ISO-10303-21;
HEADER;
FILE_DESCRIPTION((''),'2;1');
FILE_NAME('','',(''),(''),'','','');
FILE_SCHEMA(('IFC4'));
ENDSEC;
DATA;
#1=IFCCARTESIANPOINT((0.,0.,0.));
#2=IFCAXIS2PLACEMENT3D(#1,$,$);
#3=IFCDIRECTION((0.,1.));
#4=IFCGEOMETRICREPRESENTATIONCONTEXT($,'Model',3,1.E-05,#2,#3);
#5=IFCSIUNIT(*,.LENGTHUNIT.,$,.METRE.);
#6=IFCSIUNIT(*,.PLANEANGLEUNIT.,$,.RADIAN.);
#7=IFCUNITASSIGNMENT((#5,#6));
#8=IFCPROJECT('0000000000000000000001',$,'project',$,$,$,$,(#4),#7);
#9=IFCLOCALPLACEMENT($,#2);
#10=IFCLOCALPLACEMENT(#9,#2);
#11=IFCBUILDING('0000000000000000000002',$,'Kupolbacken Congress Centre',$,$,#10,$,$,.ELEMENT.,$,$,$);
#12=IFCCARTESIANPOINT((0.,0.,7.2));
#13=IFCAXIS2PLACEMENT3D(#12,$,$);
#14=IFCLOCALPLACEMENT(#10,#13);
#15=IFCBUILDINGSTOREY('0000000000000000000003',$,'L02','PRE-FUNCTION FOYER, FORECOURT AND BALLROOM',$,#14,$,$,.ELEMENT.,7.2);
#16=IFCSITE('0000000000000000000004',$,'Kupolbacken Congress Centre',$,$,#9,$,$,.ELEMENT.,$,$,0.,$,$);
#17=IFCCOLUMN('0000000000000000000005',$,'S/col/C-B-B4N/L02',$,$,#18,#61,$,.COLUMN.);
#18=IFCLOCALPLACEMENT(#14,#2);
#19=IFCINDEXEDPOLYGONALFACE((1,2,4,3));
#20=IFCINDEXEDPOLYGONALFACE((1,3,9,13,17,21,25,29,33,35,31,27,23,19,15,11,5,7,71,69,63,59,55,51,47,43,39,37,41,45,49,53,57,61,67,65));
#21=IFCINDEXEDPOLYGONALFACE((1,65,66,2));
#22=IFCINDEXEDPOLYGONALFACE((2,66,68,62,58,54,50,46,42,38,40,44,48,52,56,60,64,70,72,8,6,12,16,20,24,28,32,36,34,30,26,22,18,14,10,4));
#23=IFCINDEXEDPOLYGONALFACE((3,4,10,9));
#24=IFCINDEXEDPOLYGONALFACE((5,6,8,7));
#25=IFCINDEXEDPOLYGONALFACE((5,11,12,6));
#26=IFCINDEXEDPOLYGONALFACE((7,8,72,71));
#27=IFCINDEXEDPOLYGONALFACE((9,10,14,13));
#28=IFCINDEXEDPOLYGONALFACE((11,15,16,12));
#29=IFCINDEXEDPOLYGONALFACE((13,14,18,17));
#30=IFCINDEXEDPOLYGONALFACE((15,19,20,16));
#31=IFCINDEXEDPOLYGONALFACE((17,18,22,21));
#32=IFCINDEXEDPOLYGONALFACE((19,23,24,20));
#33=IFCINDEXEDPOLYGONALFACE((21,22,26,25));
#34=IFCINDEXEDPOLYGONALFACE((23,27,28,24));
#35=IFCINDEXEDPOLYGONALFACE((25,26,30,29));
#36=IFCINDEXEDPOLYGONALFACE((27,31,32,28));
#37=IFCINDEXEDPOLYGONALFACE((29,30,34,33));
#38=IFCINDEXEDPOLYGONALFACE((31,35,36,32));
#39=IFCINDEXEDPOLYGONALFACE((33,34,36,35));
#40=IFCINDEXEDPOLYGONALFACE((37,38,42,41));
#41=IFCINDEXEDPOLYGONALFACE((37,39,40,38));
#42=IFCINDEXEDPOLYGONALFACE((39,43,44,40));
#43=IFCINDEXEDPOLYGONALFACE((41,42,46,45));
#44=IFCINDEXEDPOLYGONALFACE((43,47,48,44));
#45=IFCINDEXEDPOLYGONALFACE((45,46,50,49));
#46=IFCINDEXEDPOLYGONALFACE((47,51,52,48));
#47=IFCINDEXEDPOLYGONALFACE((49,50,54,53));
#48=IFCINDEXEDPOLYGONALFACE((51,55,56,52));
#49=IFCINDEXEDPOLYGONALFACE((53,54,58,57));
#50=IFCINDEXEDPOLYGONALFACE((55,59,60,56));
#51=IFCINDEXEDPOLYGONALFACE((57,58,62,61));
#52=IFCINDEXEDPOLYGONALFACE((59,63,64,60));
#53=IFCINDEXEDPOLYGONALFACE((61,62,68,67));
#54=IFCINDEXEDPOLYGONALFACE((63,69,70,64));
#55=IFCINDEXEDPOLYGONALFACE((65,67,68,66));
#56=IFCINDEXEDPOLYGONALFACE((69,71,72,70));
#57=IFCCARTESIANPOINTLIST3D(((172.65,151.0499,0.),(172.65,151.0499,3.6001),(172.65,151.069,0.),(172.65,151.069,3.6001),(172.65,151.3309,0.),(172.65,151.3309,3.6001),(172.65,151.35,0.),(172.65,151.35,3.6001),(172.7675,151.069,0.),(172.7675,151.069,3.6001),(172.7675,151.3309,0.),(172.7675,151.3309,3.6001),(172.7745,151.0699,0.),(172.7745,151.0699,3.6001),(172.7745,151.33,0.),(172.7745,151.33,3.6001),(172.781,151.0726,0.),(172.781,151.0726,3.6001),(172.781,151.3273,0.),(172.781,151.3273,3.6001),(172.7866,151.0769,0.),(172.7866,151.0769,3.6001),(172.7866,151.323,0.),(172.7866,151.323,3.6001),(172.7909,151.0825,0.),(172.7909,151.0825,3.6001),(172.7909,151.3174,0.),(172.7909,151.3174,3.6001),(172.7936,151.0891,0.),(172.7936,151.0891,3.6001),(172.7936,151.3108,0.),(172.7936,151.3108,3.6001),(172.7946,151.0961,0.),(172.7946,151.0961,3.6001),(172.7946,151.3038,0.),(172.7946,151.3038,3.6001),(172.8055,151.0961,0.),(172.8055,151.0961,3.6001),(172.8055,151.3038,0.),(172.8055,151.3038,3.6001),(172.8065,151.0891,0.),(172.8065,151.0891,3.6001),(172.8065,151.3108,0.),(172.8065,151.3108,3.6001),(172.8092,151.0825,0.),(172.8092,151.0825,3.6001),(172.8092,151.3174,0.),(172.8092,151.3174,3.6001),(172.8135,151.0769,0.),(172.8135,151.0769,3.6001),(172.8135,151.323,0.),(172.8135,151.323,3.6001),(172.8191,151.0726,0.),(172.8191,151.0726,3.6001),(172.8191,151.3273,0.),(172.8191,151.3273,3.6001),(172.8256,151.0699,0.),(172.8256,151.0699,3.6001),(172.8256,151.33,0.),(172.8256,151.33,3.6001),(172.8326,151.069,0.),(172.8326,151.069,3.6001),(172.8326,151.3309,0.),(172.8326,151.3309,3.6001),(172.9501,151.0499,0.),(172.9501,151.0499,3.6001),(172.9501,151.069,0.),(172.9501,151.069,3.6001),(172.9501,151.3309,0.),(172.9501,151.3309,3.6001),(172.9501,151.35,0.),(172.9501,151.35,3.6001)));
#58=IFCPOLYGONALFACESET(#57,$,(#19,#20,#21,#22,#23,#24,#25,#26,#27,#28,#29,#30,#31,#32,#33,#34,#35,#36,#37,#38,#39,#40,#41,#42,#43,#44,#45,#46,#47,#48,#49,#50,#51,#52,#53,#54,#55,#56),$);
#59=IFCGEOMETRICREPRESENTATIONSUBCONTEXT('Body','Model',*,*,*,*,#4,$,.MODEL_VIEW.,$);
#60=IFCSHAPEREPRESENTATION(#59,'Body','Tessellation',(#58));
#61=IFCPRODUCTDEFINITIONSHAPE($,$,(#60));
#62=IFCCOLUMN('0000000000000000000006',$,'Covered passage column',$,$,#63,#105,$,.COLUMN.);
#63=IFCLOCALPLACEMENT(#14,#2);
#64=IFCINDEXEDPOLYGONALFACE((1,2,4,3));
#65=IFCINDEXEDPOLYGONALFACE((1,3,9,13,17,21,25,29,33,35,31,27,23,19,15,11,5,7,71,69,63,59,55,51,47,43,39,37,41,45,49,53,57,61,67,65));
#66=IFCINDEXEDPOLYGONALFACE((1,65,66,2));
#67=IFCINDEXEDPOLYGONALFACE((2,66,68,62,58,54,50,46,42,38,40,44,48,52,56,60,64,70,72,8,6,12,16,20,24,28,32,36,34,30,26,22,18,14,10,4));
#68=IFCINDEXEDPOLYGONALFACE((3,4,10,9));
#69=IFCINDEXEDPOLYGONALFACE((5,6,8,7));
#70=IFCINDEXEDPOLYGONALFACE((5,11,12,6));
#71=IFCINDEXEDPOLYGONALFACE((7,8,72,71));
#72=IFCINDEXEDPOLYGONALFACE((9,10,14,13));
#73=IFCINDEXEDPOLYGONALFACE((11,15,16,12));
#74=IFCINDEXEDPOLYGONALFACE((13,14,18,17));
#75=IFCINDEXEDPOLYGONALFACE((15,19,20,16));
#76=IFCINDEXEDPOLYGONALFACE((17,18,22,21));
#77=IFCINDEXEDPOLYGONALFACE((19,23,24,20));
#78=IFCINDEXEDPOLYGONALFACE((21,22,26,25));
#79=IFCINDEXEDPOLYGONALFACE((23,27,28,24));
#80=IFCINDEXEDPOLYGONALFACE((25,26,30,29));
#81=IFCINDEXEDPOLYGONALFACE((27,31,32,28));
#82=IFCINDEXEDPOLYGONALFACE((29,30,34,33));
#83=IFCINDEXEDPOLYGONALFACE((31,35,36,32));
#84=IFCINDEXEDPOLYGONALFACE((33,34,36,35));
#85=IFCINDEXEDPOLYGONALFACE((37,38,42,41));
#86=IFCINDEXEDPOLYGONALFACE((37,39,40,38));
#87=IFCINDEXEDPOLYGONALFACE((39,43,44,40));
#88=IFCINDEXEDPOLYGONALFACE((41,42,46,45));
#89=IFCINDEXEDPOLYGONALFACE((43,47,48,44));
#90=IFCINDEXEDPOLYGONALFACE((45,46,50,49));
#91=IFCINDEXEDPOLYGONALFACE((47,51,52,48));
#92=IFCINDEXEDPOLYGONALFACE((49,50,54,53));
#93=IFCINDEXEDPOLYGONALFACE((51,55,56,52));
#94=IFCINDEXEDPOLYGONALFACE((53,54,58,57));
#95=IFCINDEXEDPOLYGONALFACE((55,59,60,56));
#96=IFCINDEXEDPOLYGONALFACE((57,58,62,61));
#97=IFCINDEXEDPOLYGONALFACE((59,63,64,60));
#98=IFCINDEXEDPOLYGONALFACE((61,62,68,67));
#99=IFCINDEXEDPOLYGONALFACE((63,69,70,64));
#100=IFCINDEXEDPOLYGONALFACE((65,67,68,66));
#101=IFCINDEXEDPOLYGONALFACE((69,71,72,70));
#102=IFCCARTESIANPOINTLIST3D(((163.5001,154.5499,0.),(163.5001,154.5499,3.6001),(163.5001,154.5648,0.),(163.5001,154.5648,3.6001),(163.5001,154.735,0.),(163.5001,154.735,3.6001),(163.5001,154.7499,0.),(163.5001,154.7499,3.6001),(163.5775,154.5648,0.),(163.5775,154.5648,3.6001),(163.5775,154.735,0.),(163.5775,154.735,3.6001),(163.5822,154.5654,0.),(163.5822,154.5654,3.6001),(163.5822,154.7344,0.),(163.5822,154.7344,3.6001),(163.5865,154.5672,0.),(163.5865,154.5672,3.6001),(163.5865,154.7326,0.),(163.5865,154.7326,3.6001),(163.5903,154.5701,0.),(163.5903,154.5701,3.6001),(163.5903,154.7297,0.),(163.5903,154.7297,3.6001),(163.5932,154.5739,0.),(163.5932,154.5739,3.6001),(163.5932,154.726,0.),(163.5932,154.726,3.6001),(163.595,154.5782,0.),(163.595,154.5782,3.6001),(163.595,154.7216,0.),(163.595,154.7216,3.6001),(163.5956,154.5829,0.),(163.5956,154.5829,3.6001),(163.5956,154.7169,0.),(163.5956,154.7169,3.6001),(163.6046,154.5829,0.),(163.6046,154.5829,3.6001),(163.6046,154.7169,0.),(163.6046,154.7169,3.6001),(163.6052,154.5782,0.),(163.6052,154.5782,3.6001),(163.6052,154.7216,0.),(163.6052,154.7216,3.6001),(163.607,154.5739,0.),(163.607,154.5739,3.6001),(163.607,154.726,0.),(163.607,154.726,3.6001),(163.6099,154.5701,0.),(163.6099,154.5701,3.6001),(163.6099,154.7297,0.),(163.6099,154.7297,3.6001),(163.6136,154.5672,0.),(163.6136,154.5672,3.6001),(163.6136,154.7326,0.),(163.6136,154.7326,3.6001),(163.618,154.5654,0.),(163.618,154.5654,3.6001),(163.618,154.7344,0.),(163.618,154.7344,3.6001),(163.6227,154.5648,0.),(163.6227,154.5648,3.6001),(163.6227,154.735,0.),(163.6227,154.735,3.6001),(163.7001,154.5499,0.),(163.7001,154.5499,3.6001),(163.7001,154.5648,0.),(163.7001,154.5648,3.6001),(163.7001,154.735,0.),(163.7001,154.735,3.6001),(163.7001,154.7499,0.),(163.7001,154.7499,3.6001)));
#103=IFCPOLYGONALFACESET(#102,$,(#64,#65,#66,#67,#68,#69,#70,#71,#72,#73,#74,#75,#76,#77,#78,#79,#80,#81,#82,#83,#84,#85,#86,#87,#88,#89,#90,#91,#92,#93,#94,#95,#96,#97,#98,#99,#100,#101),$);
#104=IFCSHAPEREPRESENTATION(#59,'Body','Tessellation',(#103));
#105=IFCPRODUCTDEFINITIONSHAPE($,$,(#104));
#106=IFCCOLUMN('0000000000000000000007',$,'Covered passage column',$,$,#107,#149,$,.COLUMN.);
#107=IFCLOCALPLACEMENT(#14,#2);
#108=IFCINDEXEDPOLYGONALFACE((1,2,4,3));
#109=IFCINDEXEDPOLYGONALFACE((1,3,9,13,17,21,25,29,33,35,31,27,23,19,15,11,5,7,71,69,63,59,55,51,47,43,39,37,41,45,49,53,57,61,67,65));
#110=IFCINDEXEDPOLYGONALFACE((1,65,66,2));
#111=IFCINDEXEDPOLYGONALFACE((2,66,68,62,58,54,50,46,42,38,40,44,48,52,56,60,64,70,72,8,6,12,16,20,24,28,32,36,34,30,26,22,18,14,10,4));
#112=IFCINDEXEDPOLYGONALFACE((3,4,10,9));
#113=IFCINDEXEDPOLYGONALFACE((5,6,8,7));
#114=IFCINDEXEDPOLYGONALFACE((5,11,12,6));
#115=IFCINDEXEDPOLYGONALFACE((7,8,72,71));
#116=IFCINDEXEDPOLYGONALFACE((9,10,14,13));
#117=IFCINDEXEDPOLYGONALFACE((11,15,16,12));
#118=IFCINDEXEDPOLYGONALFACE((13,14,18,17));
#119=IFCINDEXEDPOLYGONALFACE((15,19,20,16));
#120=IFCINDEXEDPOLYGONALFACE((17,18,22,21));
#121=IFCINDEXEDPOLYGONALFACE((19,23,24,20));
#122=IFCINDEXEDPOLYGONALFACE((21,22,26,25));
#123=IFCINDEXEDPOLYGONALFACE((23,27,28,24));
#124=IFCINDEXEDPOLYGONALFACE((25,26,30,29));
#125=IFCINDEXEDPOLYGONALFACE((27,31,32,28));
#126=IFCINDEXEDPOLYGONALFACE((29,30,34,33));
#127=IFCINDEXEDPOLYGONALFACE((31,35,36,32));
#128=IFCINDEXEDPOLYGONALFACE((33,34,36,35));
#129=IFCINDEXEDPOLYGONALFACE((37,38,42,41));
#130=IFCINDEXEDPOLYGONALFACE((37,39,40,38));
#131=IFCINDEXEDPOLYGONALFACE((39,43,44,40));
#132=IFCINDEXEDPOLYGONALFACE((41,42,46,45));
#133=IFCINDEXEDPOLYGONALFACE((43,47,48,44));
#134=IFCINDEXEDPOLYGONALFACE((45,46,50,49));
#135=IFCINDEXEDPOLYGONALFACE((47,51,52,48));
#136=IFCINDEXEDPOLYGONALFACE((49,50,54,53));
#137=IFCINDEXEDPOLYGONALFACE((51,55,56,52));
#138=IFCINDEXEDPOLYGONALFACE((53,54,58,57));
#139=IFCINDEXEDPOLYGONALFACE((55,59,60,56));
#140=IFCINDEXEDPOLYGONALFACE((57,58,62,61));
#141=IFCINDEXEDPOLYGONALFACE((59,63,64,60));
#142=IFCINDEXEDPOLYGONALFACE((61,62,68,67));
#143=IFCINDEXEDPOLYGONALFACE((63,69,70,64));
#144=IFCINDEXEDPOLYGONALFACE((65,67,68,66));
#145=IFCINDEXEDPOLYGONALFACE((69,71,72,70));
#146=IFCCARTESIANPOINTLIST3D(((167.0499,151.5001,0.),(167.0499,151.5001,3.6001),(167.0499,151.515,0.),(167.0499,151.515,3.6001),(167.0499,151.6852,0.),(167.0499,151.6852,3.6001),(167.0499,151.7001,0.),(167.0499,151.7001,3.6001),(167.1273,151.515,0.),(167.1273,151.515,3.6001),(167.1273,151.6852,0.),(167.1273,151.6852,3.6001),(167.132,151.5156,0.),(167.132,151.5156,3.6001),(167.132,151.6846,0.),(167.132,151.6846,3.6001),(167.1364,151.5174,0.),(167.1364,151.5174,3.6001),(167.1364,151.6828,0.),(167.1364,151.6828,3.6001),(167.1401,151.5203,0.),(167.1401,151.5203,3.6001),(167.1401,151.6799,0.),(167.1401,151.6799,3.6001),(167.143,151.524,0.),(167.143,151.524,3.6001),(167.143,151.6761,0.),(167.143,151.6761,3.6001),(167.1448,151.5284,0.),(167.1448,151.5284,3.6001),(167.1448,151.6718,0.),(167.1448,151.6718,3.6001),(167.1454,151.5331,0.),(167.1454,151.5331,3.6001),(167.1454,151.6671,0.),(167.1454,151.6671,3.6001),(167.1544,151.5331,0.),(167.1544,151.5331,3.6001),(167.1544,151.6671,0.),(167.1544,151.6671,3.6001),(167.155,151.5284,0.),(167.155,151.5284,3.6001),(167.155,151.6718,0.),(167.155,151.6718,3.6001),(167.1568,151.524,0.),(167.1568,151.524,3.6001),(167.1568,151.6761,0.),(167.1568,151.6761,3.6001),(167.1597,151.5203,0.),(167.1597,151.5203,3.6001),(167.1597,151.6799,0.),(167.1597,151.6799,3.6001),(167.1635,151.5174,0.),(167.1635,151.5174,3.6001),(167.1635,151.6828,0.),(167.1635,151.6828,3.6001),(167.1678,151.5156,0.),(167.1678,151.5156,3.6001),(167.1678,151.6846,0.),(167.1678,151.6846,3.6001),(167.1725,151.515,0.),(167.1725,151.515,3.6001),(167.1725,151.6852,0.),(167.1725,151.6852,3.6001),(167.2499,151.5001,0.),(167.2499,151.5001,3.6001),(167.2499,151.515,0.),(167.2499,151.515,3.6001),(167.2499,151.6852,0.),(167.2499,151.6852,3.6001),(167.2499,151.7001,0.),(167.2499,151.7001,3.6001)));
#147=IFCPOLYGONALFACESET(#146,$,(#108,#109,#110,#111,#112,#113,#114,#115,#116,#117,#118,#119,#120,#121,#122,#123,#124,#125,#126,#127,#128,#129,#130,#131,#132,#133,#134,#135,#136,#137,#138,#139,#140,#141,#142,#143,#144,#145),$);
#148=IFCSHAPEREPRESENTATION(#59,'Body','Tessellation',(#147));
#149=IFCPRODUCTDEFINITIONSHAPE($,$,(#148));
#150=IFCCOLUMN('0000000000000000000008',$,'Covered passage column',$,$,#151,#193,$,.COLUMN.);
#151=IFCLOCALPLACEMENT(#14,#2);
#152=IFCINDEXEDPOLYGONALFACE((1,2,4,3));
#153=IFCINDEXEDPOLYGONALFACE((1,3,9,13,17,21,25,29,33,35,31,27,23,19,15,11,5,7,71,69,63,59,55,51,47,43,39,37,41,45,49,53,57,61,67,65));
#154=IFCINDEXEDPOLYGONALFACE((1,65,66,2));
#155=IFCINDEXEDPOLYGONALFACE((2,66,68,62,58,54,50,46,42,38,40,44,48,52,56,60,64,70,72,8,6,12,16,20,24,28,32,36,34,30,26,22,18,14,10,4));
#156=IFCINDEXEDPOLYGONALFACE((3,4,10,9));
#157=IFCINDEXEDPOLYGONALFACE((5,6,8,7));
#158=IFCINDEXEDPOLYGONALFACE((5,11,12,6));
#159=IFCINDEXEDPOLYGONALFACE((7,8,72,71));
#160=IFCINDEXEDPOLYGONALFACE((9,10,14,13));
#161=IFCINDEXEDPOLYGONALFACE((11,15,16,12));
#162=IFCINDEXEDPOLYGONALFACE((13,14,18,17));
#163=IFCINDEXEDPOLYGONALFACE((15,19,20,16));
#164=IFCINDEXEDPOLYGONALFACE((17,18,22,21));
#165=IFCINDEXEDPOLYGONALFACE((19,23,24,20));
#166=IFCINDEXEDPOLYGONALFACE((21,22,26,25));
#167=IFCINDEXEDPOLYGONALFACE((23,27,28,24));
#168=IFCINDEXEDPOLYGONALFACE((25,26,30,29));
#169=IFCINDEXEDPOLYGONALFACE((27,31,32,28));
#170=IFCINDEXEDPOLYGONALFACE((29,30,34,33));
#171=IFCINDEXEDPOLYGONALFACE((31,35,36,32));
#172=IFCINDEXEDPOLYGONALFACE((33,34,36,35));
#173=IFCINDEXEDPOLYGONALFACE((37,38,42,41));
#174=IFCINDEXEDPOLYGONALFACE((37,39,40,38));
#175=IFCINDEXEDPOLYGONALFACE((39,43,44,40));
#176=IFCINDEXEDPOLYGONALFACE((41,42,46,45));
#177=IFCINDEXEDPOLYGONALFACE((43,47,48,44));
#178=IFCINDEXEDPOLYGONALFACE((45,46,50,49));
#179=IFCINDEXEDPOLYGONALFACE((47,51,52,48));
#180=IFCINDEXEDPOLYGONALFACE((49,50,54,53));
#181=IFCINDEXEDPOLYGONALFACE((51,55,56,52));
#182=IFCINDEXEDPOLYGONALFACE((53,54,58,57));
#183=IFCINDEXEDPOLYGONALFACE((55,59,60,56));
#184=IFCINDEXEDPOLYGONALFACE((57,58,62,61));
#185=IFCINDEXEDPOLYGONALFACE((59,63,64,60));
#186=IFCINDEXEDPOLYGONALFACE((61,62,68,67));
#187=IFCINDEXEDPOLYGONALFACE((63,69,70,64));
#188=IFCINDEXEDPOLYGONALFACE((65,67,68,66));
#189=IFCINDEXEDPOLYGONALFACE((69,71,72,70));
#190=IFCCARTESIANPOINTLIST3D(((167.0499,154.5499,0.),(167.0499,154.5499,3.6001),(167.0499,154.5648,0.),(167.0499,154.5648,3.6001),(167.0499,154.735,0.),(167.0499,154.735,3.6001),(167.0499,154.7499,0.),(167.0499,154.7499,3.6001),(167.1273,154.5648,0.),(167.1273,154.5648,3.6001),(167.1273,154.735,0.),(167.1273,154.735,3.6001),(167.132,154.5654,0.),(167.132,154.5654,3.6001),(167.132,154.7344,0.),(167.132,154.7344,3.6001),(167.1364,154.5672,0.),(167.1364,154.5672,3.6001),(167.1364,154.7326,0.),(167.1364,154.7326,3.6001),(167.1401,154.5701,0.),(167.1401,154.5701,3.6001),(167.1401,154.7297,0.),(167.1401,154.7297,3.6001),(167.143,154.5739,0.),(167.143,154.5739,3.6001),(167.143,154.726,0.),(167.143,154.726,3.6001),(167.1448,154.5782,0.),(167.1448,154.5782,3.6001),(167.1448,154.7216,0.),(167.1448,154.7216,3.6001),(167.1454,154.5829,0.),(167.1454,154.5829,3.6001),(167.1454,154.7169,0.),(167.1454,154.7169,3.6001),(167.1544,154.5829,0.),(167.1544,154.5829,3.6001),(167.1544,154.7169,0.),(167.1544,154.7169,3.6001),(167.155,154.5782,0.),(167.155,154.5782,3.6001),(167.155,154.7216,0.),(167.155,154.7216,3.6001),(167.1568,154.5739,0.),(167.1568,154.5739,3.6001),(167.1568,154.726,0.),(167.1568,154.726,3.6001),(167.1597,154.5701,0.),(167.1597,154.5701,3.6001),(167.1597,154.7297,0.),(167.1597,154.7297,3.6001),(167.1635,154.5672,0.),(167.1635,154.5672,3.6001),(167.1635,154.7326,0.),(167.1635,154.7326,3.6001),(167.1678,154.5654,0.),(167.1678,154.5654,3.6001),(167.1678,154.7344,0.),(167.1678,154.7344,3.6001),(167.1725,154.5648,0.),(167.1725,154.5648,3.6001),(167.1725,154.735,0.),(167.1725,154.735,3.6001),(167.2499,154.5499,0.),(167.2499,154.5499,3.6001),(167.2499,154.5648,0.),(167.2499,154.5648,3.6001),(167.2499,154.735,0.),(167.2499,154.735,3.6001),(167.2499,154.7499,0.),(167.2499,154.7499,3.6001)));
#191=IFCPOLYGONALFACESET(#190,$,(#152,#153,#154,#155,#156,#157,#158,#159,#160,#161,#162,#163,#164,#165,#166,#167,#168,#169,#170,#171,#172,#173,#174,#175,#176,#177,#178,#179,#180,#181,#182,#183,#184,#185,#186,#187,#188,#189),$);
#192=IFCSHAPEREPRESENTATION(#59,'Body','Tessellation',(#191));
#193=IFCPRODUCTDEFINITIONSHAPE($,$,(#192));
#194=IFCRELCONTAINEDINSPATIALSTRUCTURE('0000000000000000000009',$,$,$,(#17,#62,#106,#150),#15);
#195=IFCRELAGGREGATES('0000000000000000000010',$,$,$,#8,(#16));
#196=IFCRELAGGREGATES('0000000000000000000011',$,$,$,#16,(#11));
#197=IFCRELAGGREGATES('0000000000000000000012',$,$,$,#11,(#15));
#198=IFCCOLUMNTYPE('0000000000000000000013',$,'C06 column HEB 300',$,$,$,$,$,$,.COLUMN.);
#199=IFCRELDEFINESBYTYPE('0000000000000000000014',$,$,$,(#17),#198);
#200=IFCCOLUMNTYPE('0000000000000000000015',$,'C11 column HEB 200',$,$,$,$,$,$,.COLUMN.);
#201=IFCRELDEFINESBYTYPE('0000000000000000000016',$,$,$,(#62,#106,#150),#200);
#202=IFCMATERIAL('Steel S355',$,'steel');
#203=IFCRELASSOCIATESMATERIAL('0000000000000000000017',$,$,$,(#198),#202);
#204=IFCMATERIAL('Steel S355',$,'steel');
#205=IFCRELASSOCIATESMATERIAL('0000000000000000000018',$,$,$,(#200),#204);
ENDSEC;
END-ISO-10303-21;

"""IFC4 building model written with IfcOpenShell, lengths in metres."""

from ifc_helpers import new_model, si_unit, direction, frame, origin, origin_2d, place, context, subcontext, project, spatial, i_section, extrude, material, material_profile, profile_set, type_object, element, save


model = new_model("IFC4")

# Units and contexts
model_context = context("Model", 3, precision=1e-05, world=origin(), true_north=direction((0.0, 1.0)))
body_context = subcontext(model_context, "Body", "Model", "MODEL_VIEW")
ifc_project = project(units=[si_unit("LENGTHUNIT", "METRE"), si_unit("PLANEANGLEUNIT", "RADIAN")], contexts=[model_context])

# Site, building, storey
site_placement = place(None, origin())
site = spatial("IfcSite", under=ifc_project, at=site_placement, Name="Kupolbacken Congress Centre", CompositionType="ELEMENT", RefElevation=0.0)
building_placement = place(site_placement, origin())
building = spatial("IfcBuilding", under=site, at=building_placement, Name="Kupolbacken Congress Centre", CompositionType="ELEMENT")
storey_placement = place(building_placement, frame((0.0, 0.0, 7.2)))
storey = spatial("IfcBuildingStorey", under=building, at=storey_placement, Name="L02", Description="PRE-FUNCTION FOYER, FORECOURT AND BALLROOM", CompositionType="ELEMENT", Elevation=7.2)

# Columns
ifc_material_1 = material(Name="Steel S355", Category="steel")
ifc_material_profile_1 = material_profile(ifc_material_1, i_section(OverallWidth=0.3, OverallDepth=0.3, WebThickness=0.011, FlangeThickness=0.019, FilletRadius=0.0271, at=origin_2d()), Name="HEB 300")
ifc_profile_set_1 = profile_set([ifc_material_profile_1], Name="Steel S355")
column_type_1 = type_object("IfcColumnType", Name="C06 column HEB 300", PredefinedType="COLUMN", material=ifc_profile_set_1)
column_placement = place(storey_placement, frame((172.8, 151.2, 0.0), z_axis=(0.0, 0.0, 1.0), x_axis=(1.0, 0.0, 0.0)))
element("IfcColumn", 1, at=column_placement, inside=storey, type_object=column_type_1, Name="S/col/C-B-B4N/L02", PredefinedType="COLUMN", context=body_context, shape_type="SweptSolid", body=[
    extrude(i_section(OverallWidth=0.3, OverallDepth=0.3, WebThickness=0.011, FlangeThickness=0.019, FilletRadius=0.0271, at=origin_2d()), origin(), (0.0, 0.0, 1.0), 3.6001),
])
ifc_material_2 = material(Name="Steel S355", Category="steel")
ifc_material_profile_2 = material_profile(ifc_material_2, i_section(OverallWidth=0.2, OverallDepth=0.2, WebThickness=0.009, FlangeThickness=0.0149, FilletRadius=0.0181, at=origin_2d()), Name="HEB 200")
ifc_profile_set_2 = profile_set([ifc_material_profile_2], Name="Steel S355")
column_type_2 = type_object("IfcColumnType", Name="C11 column HEB 200", PredefinedType="COLUMN", material=ifc_profile_set_2)
for number, where, z_axis, x_axis, name in (
    (2, (163.6001, 154.6499, 0.0), (0.0, 0.0, 1.0), (1.0, 0.0, 0.0), "Covered passage column"),
    (3, (167.1499, 151.6001, 0.0), (0.0, 0.0, 1.0), (1.0, 0.0, 0.0), "Covered passage column"),
    (4, (167.1499, 154.6499, 0.0), (0.0, 0.0, 1.0), (1.0, 0.0, 0.0), "Covered passage column"),
):
    element("IfcColumn", number, at=place(storey_placement, frame(where, z_axis=z_axis, x_axis=x_axis)), inside=storey, type_object=column_type_2, Name=name, PredefinedType="COLUMN", context=body_context, shape_type="SweptSolid", body=[
        extrude(i_section(OverallWidth=0.2, OverallDepth=0.2, WebThickness=0.009, FlangeThickness=0.0149, FilletRadius=0.0181, at=origin_2d()), origin(), (0.0, 0.0, 1.0), 3.6001),
    ])

save(model, "model.ifc")
